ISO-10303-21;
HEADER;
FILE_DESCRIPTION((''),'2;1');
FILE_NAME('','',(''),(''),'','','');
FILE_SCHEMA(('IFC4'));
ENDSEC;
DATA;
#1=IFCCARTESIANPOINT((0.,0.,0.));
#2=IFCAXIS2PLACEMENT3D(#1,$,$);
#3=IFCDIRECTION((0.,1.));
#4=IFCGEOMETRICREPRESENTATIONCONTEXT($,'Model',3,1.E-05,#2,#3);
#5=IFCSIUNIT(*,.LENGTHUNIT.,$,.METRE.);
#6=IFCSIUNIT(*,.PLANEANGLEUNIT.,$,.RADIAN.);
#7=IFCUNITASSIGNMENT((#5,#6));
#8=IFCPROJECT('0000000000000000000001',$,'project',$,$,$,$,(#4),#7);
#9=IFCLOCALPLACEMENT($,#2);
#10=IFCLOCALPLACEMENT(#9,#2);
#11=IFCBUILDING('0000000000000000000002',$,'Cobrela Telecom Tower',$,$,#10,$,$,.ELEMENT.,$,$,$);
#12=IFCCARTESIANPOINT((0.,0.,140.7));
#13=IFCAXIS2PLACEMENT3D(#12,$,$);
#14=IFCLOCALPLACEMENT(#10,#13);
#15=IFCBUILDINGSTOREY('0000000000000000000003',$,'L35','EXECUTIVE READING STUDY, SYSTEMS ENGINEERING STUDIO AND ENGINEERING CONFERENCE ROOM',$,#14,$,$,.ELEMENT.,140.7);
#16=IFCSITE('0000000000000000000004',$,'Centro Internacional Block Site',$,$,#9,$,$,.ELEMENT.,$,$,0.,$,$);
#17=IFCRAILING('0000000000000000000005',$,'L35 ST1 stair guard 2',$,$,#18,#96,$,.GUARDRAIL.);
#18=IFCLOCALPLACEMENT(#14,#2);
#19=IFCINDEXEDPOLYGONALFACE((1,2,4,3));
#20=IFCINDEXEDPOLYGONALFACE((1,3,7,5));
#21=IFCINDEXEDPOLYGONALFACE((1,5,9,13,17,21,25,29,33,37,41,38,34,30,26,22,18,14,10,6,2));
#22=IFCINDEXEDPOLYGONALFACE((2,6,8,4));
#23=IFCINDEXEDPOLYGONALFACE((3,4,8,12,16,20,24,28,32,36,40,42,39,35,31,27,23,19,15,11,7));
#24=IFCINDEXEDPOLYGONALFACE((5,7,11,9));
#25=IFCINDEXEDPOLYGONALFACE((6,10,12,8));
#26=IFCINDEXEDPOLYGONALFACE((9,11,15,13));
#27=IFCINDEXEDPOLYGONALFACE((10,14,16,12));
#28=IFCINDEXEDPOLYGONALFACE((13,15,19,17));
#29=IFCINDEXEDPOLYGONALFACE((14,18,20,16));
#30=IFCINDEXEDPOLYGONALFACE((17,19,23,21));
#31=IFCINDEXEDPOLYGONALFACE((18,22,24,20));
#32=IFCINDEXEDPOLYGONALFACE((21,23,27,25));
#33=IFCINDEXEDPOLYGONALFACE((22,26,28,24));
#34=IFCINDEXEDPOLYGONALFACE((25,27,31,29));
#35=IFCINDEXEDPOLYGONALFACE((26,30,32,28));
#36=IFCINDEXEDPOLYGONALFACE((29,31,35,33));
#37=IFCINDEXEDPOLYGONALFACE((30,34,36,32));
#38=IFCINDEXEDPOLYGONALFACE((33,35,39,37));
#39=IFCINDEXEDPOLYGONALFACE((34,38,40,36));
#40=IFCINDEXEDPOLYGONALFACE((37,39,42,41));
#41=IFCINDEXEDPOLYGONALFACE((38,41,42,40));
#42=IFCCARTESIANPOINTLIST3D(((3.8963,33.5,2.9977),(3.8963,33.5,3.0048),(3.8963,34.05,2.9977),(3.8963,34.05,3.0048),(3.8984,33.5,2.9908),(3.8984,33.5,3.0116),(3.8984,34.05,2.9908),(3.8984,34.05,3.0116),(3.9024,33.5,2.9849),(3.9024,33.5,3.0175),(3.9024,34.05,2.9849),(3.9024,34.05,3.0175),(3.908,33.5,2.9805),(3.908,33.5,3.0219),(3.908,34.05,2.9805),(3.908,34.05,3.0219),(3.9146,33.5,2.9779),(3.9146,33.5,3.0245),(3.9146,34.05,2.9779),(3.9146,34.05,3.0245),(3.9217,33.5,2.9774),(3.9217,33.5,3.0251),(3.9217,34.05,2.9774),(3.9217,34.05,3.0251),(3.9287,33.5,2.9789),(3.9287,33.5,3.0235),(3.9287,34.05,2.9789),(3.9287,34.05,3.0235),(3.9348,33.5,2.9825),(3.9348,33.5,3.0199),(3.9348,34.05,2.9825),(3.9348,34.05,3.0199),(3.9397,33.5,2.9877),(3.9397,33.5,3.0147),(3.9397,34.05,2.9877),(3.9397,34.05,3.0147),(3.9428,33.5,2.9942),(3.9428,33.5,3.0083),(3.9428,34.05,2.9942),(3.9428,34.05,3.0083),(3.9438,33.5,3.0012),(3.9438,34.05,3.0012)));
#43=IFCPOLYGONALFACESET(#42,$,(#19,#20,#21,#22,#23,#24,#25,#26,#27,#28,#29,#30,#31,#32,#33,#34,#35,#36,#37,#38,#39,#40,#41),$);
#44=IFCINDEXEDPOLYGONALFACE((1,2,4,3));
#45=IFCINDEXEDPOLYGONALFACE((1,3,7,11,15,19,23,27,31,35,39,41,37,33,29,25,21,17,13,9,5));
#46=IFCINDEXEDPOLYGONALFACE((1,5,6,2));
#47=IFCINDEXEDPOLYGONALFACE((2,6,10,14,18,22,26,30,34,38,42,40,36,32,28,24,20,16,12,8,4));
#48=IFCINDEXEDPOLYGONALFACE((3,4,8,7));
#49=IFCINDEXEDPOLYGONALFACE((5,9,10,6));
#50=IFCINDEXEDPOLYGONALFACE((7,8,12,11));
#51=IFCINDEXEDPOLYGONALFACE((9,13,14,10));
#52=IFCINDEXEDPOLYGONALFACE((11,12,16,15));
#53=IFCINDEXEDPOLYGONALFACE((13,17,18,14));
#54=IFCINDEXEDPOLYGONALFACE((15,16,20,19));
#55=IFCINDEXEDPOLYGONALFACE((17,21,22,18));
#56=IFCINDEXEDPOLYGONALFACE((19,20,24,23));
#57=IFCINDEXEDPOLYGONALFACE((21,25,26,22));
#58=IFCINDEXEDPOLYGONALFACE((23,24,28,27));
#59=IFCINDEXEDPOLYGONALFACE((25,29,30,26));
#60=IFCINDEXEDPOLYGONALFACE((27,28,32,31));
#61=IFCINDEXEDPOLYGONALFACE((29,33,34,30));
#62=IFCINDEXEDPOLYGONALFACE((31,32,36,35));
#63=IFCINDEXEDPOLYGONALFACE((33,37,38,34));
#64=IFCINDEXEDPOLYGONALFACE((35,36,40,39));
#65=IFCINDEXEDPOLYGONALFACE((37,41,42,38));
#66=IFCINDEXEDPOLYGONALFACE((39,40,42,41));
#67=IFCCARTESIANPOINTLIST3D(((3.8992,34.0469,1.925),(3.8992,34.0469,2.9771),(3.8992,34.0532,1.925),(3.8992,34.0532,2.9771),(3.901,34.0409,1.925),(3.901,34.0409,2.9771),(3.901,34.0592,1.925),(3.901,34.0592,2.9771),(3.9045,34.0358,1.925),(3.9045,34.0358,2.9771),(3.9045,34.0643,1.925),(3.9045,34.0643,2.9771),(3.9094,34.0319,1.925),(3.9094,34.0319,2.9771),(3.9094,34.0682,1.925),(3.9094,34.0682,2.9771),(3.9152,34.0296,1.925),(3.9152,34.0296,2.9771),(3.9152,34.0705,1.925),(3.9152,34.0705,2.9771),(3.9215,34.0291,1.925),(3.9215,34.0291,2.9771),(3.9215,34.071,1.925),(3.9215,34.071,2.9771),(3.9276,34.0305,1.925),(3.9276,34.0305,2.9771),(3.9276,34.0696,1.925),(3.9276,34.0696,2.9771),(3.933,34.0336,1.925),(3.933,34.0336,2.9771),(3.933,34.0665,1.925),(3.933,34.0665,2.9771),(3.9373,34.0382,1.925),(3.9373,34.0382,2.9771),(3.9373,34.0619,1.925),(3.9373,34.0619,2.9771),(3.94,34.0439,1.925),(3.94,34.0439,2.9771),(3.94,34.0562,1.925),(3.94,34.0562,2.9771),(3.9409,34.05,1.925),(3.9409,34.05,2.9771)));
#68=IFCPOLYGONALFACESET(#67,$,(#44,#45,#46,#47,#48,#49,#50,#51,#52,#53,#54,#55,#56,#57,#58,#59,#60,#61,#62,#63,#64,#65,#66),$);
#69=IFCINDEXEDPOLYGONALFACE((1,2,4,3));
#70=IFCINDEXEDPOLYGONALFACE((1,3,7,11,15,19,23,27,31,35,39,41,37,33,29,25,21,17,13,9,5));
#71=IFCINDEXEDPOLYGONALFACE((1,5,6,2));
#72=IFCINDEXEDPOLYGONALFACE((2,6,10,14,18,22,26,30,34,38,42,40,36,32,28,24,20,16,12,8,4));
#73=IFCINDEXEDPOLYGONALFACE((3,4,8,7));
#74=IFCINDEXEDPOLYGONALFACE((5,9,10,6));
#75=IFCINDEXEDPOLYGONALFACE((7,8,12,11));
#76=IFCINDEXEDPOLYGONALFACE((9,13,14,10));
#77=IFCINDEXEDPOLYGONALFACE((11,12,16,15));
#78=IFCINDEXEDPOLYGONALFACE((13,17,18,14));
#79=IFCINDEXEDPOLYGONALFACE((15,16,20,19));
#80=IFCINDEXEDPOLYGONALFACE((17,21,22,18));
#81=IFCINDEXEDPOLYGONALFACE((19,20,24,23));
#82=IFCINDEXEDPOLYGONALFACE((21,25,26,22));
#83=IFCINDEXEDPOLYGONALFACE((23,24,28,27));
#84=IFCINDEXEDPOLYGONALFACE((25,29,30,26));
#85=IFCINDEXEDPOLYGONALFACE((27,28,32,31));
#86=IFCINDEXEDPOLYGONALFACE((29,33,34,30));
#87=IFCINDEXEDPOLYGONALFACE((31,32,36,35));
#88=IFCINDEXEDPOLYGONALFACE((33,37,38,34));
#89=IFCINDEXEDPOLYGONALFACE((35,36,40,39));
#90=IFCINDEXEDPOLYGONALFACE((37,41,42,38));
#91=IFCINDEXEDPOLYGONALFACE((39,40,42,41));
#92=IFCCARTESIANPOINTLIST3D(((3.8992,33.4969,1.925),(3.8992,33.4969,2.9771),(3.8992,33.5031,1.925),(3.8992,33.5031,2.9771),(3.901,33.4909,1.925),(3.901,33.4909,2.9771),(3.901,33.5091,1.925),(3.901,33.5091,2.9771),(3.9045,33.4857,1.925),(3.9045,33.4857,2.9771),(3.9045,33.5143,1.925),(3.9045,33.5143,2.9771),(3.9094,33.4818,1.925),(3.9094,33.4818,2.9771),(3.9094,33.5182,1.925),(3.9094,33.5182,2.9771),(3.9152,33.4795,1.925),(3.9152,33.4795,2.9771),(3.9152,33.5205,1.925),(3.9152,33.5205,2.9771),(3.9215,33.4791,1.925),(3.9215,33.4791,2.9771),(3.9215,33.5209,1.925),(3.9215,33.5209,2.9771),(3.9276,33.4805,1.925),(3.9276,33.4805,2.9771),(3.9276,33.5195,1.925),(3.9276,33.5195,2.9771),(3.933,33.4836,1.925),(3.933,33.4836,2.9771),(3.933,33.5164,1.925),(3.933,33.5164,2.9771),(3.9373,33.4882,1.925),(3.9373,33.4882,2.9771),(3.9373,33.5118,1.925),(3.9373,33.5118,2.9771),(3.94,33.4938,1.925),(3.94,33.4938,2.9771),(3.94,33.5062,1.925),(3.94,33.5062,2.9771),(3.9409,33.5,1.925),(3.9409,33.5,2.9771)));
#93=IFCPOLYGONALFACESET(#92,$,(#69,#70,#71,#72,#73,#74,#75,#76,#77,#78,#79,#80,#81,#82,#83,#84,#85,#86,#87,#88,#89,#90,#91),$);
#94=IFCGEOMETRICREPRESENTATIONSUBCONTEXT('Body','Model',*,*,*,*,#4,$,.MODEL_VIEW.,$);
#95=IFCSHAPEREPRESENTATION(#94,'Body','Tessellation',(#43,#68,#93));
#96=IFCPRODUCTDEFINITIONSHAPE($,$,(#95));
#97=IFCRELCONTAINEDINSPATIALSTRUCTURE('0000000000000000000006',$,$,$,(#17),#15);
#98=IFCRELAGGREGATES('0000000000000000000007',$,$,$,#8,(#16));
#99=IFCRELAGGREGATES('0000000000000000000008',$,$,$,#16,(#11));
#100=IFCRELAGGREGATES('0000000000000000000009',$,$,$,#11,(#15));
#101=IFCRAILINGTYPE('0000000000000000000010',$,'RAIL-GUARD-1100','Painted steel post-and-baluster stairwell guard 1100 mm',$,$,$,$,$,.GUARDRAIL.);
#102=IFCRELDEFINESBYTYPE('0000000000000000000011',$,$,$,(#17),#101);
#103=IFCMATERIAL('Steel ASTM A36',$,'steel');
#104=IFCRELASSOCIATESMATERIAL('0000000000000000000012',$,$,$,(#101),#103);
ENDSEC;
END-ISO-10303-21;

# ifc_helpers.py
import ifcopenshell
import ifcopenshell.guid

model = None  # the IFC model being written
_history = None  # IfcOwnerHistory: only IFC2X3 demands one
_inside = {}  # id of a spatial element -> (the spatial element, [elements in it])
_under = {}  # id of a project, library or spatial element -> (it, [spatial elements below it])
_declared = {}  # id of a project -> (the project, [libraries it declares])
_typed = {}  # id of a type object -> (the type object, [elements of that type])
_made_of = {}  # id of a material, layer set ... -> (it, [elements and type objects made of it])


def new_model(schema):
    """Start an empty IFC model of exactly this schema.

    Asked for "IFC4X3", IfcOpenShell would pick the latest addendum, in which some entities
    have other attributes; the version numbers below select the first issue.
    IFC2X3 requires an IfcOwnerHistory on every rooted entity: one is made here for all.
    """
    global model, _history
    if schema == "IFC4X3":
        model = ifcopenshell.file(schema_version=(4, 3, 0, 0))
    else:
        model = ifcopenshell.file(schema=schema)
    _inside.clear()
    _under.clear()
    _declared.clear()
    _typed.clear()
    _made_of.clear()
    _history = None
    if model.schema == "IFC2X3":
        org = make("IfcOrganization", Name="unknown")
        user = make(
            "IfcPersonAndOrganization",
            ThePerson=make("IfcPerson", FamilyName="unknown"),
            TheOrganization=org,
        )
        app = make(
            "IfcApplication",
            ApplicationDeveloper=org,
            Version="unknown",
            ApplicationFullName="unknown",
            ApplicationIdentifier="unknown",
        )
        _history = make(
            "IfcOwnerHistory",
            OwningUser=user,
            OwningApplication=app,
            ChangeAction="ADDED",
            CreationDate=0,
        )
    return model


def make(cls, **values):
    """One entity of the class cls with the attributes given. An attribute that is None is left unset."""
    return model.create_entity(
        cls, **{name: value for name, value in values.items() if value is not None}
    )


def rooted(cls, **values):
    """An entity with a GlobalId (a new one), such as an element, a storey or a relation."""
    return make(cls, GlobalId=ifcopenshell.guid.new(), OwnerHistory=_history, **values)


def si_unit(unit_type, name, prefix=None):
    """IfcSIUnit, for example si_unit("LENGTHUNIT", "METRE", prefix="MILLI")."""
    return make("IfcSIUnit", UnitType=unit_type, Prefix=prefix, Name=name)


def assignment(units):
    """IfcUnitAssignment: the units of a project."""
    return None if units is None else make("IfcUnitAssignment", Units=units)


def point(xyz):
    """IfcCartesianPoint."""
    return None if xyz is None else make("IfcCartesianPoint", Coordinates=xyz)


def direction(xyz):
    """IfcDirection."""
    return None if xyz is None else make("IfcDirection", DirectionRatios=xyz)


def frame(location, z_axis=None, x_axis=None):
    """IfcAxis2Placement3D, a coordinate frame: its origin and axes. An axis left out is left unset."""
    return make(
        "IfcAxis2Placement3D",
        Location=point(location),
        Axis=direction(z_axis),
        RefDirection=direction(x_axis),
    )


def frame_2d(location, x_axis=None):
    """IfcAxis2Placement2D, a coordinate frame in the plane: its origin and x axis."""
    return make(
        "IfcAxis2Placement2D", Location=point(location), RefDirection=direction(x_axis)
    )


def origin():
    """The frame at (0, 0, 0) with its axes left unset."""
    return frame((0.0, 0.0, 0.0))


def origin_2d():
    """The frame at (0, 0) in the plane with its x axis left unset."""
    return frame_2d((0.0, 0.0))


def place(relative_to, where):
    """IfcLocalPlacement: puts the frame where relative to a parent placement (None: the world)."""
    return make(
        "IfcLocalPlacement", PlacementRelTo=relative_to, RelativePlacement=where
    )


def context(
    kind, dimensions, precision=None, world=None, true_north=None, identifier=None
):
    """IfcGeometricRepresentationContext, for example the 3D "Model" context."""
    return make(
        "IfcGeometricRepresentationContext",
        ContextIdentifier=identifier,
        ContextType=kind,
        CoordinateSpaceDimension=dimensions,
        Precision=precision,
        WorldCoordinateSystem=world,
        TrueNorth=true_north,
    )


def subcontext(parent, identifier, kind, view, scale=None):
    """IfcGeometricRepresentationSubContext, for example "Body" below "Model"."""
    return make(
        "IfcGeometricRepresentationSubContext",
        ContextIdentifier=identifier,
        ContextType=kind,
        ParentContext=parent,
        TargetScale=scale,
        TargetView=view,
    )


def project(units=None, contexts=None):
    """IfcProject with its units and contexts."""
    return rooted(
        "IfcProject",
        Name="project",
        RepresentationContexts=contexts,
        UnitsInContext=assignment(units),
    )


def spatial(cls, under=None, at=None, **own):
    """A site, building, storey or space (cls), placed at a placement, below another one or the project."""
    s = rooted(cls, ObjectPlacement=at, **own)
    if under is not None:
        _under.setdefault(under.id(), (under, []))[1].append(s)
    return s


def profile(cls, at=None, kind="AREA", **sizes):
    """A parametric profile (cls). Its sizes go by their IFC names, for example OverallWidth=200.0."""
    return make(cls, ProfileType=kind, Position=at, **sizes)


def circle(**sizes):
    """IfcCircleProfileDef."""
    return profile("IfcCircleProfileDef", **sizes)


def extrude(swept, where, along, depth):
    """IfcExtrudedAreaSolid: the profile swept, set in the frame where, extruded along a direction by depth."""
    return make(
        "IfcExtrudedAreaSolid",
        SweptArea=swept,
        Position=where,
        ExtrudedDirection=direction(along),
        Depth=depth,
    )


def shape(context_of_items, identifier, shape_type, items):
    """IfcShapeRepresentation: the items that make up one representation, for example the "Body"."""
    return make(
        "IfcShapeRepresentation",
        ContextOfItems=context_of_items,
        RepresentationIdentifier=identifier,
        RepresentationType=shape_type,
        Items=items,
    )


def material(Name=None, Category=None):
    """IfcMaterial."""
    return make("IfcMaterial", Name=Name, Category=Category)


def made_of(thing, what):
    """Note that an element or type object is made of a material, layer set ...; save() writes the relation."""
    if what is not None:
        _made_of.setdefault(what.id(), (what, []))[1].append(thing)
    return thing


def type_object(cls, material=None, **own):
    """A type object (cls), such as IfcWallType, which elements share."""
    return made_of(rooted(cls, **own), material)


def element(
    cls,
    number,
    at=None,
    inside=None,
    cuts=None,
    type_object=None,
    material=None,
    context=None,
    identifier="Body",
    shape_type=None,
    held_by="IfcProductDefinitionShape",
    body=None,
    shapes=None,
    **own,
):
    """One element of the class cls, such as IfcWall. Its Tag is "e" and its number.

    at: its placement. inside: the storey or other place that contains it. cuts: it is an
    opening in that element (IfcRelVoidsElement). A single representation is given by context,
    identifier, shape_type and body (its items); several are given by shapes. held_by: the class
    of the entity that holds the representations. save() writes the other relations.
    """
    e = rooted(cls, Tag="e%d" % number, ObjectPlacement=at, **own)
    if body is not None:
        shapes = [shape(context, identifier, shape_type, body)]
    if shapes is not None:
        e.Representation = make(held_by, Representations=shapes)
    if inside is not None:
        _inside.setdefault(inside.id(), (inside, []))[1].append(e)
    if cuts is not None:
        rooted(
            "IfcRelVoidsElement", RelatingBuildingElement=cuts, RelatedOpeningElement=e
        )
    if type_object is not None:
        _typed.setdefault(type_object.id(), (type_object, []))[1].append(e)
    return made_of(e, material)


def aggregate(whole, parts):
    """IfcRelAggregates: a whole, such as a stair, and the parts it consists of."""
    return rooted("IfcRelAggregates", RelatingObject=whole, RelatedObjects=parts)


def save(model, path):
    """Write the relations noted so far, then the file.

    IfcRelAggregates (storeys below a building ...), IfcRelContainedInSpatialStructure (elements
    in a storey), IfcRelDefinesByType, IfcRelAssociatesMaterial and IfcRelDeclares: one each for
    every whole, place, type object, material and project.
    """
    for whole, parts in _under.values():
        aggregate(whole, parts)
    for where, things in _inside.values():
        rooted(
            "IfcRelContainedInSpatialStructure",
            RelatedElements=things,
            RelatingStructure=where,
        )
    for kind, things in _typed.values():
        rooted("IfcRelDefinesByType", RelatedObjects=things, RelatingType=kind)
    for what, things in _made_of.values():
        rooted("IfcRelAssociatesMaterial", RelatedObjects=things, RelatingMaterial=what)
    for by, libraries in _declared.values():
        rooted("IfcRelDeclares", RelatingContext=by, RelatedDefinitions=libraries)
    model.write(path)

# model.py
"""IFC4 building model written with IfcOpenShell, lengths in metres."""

from ifc_helpers import new_model, si_unit, direction, frame, origin, origin_2d, place, context, subcontext, project, spatial, circle, extrude, material, type_object, element, save


model = new_model("IFC4")

# Units and contexts
model_context = context("Model", 3, precision=1e-05, world=origin(), true_north=direction((0.0, 1.0)))
body_context = subcontext(model_context, "Body", "Model", "MODEL_VIEW")
ifc_project = project(units=[si_unit("LENGTHUNIT", "METRE"), si_unit("PLANEANGLEUNIT", "RADIAN")], contexts=[model_context])

# Site, building, storey
site_placement = place(None, origin())
site = spatial("IfcSite", under=ifc_project, at=site_placement, Name="Centro Internacional Block Site", CompositionType="ELEMENT", RefElevation=0.0)
building_placement = place(site_placement, origin())
building = spatial("IfcBuilding", under=site, at=building_placement, Name="Cobrela Telecom Tower", CompositionType="ELEMENT")
storey_placement = place(building_placement, frame((0.0, 0.0, 140.7)))
storey = spatial("IfcBuildingStorey", under=building, at=storey_placement, Name="L35", Description="EXECUTIVE READING STUDY, SYSTEMS ENGINEERING STUDIO AND ENGINEERING CONFERENCE ROOM", CompositionType="ELEMENT", Elevation=140.7)

# Shared definitions
ifc_material_1 = material(Name="Steel ASTM A36", Category="steel")

# Railing
railing_type_1 = type_object("IfcRailingType", Name="RAIL-GUARD-1100", Description="Painted steel post-and-baluster stairwell guard 1100 mm", PredefinedType="GUARDRAIL", material=ifc_material_1)
railing_1_placement = place(storey_placement, frame((3.9199, 34.05, 1.925)))
element("IfcRailing", 1, at=railing_1_placement, inside=storey, type_object=railing_type_1, Name="L35 ST1 stair guard 2", PredefinedType="GUARDRAIL", context=body_context, shape_type="SweptSolid", body=[
    extrude(circle(Radius=0.0239, at=origin_2d()), frame((0.0, 0.0, 1.0762), z_axis=(0.0, -1.0, 0.0), x_axis=(1.0, 0.0, 0.0)), (0.0, 0.0, 1.0), 0.55),
    extrude(circle(Radius=0.021, at=origin_2d()), origin(), (0.0, 0.0, 1.0), 1.052),
    extrude(circle(Radius=0.021, at=origin_2d()), frame((0.0, -0.55, 0.0)), (0.0, 0.0, 1.0), 1.052),
])

save(model, "model.ifc")
